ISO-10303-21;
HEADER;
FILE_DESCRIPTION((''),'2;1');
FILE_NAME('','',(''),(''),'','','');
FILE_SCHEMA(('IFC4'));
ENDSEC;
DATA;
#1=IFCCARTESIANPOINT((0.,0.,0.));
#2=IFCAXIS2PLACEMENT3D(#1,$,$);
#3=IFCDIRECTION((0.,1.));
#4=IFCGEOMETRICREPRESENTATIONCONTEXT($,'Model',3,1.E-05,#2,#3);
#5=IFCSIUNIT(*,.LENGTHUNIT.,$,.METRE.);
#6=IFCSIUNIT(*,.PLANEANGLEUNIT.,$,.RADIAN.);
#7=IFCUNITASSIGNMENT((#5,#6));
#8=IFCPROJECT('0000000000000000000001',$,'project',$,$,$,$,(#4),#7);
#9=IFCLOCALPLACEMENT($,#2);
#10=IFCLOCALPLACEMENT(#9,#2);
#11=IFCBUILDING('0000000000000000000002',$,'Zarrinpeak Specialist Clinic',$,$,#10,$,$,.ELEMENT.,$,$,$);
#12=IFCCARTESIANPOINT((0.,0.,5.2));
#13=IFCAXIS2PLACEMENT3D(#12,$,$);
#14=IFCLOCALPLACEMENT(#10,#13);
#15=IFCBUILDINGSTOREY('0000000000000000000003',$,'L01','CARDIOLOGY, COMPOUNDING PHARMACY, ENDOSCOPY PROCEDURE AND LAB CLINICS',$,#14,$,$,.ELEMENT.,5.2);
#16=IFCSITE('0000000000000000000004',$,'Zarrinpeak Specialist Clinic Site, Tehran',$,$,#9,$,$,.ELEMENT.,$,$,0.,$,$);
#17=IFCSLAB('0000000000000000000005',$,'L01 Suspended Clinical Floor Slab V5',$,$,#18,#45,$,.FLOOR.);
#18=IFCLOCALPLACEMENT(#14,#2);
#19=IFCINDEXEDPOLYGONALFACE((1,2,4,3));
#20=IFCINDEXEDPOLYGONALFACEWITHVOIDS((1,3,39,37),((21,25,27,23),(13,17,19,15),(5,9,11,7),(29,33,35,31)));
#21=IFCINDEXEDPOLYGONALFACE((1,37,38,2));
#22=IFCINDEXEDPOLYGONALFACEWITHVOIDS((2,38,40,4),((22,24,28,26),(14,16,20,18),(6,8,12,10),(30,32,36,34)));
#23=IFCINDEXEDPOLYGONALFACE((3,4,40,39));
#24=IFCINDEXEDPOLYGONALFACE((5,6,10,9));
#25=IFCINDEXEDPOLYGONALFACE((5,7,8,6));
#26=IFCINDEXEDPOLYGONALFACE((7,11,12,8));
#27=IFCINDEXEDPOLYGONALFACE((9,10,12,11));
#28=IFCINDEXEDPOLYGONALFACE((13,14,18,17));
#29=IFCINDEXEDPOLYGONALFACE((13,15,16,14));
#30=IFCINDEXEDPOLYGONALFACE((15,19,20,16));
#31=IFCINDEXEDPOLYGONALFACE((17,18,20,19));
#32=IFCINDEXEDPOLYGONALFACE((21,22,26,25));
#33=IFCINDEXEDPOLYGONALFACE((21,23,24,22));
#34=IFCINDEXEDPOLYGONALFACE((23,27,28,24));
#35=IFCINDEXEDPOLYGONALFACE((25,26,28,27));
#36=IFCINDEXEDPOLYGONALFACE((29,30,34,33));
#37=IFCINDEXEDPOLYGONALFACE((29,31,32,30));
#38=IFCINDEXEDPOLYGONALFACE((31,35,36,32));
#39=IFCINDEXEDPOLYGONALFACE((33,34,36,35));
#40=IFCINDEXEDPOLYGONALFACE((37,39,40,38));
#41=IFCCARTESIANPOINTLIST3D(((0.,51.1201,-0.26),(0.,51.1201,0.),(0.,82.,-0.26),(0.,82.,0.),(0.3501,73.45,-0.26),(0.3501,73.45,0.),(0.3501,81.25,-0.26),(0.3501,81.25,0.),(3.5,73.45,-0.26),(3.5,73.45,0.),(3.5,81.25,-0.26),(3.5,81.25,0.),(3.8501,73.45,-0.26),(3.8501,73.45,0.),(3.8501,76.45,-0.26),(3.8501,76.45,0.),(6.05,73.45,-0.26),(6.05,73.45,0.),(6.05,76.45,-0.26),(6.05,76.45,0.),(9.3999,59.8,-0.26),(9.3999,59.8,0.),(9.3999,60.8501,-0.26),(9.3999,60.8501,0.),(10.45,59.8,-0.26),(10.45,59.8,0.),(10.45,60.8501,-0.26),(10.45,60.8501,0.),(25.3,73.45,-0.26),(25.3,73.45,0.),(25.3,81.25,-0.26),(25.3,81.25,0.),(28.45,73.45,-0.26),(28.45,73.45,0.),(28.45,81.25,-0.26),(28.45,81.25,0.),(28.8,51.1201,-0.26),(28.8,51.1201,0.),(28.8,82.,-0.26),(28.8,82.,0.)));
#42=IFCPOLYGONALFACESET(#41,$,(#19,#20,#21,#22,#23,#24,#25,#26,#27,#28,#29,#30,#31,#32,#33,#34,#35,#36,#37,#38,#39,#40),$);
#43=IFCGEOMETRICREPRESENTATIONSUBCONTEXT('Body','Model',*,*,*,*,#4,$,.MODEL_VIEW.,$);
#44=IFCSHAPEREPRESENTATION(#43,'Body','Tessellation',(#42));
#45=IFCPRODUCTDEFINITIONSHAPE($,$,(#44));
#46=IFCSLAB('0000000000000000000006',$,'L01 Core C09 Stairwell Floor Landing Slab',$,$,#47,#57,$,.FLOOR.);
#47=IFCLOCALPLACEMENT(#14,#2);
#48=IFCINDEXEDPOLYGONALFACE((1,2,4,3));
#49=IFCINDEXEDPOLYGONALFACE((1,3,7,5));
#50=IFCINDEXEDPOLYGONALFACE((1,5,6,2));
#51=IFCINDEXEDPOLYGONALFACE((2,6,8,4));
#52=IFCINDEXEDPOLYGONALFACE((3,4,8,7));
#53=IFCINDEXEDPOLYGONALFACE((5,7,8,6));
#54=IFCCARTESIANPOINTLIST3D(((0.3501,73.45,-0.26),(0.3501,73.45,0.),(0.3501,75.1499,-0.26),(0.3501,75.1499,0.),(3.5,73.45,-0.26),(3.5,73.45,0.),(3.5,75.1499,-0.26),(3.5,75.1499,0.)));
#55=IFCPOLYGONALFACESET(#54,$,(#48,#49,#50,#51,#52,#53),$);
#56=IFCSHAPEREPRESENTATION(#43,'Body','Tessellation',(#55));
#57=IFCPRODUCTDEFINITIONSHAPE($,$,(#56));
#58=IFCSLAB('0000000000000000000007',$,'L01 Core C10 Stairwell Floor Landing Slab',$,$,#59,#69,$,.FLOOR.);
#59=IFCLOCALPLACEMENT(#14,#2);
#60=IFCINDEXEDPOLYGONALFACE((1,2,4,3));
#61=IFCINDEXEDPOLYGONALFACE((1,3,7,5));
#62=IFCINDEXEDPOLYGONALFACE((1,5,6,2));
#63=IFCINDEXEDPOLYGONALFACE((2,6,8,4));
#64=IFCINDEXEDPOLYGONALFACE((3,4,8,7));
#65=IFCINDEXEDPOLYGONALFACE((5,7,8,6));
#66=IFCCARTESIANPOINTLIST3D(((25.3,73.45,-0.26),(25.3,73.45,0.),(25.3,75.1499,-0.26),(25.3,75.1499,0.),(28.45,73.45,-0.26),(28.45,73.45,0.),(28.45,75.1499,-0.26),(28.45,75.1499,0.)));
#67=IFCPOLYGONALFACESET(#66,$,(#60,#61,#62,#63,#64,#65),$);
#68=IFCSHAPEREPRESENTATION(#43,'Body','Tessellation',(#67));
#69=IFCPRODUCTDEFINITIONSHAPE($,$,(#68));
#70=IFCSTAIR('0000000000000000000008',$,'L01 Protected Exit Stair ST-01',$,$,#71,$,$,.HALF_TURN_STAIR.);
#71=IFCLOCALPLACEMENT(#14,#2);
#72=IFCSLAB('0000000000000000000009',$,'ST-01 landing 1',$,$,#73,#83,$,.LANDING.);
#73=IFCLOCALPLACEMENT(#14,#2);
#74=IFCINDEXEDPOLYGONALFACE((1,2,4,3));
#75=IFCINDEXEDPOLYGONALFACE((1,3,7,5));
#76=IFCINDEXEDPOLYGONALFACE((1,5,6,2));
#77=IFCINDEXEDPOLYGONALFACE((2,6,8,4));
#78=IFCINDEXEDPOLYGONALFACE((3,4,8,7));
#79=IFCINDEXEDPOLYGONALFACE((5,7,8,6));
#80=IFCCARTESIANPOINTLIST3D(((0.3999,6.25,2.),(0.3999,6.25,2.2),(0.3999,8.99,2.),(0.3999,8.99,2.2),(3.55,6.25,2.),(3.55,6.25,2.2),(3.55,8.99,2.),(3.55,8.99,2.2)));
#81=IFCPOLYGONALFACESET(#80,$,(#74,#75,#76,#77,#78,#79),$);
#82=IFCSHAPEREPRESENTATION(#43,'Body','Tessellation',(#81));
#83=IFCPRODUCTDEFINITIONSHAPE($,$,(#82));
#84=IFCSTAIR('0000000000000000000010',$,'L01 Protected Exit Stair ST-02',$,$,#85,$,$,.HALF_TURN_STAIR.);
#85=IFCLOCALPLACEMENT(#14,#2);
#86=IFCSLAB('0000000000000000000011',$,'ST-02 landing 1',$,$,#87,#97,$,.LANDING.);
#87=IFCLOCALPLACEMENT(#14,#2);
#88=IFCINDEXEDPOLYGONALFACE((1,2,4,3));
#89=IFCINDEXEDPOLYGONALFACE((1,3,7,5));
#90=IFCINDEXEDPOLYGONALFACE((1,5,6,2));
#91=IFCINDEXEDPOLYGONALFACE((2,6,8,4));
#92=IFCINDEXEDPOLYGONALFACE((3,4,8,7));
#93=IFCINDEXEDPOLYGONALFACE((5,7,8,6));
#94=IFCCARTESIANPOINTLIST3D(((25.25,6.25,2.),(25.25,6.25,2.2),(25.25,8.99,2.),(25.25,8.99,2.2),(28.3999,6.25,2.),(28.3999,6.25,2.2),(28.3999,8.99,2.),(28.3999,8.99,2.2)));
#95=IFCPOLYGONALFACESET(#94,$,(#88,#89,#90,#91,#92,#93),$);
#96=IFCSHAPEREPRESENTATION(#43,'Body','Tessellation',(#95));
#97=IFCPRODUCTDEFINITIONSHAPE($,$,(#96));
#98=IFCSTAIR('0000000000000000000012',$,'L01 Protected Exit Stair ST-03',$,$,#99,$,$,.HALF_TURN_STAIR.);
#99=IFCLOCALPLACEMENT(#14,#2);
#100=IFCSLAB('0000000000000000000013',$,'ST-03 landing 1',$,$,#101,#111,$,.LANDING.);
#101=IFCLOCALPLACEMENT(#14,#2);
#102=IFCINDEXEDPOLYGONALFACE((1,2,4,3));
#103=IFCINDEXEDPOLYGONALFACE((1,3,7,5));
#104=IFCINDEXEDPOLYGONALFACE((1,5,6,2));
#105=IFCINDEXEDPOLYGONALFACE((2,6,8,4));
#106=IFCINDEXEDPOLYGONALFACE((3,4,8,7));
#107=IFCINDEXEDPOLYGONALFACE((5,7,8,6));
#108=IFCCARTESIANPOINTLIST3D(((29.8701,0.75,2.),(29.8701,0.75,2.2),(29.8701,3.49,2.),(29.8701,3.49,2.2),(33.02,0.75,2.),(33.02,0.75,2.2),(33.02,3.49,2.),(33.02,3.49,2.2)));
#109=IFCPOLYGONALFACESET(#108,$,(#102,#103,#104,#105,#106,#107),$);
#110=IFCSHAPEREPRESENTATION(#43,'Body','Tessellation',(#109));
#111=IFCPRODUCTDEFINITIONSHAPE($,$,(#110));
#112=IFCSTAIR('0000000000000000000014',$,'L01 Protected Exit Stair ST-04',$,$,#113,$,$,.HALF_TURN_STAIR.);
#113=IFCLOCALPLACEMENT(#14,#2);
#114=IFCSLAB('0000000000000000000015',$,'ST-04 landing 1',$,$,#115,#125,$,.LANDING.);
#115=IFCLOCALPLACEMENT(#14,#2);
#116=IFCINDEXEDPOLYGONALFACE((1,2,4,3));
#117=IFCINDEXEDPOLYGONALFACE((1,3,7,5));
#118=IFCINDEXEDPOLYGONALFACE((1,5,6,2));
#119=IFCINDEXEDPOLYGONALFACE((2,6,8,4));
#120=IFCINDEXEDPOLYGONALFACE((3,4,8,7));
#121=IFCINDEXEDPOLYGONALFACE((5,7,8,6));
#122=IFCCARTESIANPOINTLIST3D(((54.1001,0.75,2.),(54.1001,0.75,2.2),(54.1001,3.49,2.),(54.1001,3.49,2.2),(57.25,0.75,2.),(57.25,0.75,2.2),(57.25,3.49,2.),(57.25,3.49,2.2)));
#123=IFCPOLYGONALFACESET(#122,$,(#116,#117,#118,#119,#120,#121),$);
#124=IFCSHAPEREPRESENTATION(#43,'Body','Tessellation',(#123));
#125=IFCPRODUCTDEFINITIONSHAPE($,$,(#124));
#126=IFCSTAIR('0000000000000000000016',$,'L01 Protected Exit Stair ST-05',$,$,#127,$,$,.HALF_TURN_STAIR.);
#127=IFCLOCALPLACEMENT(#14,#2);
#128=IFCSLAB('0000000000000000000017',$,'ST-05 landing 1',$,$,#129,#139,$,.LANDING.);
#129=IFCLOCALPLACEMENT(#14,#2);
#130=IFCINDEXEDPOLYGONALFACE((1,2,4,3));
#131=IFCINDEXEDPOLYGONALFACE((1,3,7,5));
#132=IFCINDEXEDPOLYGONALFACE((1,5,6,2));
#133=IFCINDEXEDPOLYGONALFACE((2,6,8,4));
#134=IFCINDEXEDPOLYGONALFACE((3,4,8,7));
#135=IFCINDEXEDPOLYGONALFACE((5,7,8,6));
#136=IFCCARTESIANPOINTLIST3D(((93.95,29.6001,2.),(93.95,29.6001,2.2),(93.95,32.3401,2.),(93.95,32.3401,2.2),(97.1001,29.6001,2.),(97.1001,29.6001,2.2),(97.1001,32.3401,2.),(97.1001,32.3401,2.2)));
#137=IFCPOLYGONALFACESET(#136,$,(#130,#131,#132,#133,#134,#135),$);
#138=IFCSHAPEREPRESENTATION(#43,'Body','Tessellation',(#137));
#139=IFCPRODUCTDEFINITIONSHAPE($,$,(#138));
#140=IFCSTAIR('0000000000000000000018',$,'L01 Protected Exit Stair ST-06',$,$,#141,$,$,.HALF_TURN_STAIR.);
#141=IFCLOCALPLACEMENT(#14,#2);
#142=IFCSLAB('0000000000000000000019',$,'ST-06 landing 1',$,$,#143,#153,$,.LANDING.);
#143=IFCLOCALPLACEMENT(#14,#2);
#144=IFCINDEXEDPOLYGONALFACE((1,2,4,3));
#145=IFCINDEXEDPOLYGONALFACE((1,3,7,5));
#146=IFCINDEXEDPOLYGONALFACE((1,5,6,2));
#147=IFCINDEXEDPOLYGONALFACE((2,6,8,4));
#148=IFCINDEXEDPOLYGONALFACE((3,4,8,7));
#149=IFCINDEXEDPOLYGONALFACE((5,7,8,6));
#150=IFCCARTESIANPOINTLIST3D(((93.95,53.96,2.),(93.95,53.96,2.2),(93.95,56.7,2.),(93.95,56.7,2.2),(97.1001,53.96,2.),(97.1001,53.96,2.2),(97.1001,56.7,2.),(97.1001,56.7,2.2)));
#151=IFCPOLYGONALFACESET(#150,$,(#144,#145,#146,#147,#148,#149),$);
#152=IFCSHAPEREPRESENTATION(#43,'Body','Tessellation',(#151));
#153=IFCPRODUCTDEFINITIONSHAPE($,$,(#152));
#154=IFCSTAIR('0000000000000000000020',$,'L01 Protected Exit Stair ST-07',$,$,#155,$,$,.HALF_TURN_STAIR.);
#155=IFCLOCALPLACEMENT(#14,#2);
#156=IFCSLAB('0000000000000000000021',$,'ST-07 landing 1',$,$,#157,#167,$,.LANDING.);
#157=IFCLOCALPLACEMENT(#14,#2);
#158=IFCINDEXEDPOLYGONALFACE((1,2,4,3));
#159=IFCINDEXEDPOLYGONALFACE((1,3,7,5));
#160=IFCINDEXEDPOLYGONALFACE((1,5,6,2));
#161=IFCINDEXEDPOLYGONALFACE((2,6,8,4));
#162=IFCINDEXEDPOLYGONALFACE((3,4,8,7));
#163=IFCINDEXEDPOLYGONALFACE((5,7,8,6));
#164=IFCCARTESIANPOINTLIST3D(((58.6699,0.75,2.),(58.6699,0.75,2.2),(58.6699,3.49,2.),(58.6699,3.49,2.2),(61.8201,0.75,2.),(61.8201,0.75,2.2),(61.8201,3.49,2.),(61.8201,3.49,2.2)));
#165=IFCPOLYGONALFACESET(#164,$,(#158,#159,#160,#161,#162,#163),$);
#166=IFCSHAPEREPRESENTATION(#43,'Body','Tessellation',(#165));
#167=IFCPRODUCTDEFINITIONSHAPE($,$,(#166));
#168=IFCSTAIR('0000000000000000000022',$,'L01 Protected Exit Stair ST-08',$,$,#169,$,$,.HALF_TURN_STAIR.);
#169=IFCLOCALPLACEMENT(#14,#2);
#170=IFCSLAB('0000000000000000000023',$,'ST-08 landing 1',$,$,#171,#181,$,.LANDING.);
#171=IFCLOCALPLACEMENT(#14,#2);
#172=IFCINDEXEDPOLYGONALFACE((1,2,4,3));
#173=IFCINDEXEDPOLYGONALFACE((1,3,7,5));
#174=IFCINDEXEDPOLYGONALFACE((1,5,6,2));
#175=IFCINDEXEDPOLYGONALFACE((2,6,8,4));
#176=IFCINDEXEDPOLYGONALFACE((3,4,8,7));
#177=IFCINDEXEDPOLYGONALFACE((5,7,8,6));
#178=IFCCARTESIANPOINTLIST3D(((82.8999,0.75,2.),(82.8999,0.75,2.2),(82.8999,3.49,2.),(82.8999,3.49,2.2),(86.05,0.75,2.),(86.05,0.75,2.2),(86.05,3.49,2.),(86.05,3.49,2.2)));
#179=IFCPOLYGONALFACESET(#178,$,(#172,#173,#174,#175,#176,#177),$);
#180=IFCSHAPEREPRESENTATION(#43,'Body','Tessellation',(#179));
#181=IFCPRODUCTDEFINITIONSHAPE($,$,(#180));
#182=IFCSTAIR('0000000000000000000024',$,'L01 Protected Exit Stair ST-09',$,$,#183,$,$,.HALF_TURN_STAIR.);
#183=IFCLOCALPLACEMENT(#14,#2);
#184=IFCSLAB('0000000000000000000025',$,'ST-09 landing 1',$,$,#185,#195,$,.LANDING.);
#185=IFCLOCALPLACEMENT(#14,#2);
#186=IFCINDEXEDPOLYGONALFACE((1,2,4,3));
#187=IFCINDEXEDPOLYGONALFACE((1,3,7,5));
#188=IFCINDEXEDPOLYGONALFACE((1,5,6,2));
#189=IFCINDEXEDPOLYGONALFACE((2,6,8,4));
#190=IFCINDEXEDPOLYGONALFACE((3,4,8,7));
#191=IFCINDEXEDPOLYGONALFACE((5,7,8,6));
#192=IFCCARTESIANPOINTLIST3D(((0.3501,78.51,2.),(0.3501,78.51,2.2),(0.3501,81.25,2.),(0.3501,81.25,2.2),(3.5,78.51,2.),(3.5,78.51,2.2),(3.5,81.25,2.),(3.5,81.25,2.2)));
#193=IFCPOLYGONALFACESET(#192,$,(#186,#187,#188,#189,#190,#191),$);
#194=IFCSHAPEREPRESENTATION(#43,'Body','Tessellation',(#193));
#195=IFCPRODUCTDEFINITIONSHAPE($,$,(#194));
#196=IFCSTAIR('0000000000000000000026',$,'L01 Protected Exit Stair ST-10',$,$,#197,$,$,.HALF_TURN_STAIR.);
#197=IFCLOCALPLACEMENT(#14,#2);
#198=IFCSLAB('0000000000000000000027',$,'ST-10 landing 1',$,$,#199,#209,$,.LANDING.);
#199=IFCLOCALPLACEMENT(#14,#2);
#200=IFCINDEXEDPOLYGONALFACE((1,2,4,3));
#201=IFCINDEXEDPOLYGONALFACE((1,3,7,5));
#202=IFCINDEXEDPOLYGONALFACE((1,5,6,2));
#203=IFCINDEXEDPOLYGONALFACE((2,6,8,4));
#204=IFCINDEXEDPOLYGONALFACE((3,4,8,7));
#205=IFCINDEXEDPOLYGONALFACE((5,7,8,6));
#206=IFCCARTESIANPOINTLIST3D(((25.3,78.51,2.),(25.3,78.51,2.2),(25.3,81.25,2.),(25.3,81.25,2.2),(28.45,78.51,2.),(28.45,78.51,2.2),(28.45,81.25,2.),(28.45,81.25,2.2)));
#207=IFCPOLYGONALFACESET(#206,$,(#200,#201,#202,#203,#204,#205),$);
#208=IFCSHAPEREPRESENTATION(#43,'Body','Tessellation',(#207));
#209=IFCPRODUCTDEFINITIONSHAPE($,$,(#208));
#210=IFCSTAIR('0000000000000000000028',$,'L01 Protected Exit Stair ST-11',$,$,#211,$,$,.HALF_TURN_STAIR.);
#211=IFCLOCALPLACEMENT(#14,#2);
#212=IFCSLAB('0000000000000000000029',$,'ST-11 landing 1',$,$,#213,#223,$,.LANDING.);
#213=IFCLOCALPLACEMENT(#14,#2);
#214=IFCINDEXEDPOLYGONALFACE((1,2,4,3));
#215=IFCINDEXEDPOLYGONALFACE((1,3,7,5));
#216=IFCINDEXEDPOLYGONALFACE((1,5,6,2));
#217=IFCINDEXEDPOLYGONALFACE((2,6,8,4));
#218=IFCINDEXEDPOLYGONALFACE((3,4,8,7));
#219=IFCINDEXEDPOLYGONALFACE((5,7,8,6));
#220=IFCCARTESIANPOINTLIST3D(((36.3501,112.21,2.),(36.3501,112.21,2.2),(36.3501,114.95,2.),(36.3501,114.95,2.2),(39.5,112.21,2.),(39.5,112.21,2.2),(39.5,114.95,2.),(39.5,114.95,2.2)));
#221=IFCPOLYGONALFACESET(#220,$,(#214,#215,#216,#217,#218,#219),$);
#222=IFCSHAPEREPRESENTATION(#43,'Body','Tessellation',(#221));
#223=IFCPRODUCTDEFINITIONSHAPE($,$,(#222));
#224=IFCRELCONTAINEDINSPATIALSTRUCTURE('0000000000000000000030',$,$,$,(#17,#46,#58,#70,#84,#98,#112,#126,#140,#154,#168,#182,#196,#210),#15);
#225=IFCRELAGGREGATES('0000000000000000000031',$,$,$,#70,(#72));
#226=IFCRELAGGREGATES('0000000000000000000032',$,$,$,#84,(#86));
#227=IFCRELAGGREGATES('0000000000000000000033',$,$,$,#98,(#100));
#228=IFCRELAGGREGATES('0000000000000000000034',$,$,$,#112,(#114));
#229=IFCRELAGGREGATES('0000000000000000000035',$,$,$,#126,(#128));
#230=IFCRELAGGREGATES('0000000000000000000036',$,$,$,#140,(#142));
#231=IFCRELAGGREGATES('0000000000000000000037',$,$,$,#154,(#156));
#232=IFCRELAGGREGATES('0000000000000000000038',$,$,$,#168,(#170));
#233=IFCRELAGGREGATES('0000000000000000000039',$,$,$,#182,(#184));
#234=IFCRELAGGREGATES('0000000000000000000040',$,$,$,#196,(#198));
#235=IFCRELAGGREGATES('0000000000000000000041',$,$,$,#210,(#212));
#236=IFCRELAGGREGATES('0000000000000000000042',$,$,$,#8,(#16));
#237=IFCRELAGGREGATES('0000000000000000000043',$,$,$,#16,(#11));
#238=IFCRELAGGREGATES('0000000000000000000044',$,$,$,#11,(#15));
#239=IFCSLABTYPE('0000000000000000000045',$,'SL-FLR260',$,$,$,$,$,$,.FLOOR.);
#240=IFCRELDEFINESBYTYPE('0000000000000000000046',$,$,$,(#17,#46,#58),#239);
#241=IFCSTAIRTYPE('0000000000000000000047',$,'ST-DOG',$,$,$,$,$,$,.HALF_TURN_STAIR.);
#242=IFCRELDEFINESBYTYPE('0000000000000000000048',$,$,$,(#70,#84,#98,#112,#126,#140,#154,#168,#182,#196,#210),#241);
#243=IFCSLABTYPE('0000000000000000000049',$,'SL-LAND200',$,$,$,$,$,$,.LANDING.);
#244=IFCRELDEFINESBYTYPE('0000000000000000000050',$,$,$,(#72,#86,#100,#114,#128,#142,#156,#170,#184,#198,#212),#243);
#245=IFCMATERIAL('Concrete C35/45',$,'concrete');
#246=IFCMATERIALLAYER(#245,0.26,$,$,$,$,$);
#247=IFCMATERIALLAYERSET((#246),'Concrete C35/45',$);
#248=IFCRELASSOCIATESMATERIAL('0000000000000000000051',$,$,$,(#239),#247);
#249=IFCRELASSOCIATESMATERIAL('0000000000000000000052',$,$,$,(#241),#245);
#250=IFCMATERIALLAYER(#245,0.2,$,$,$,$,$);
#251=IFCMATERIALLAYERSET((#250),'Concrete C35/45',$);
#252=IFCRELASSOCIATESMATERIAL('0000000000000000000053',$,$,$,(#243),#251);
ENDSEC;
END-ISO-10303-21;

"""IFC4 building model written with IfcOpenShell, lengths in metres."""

from ifc_helpers import new_model, si_unit, direction, frame, origin, place, context, subcontext, project, spatial, polyline, outline, extrude, material, layer, layer_set, type_object, element, aggregate, save


model = new_model("IFC4")

# Units and contexts
model_context = context("Model", 3, precision=1e-05, world=origin(), true_north=direction((0.0, 1.0)))
body_context = subcontext(model_context, "Body", "Model", "MODEL_VIEW")
ifc_project = project(units=[si_unit("LENGTHUNIT", "METRE"), si_unit("PLANEANGLEUNIT", "RADIAN")], contexts=[model_context])

# Site, building, storey
site_placement = place(None, origin())
site = spatial("IfcSite", under=ifc_project, at=site_placement, Name="Zarrinpeak Specialist Clinic Site, Tehran", CompositionType="ELEMENT", RefElevation=0.0)
building_placement = place(site_placement, origin())
building = spatial("IfcBuilding", under=site, at=building_placement, Name="Zarrinpeak Specialist Clinic", CompositionType="ELEMENT")
storey_placement = place(building_placement, frame((0.0, 0.0, 5.2)))
storey = spatial("IfcBuildingStorey", under=building, at=storey_placement, Name="L01", Description="CARDIOLOGY, COMPOUNDING PHARMACY, ENDOSCOPY PROCEDURE AND LAB CLINICS", CompositionType="ELEMENT", Elevation=5.2)

# Slabs
ifc_material_1 = material(Name="Concrete C35/45", Category="concrete")
ifc_layer_1 = layer(ifc_material_1, 0.26)
ifc_layer_set_1 = layer_set([ifc_layer_1], Name="Concrete C35/45")
slab_type_1 = type_object("IfcSlabType", Name="SL-FLR260", PredefinedType="FLOOR", material=ifc_layer_set_1)
slab_1_placement = place(storey_placement, frame((0.0, 0.0, -0.26)))
element("IfcSlab", 1, at=slab_1_placement, inside=storey, type_object=slab_type_1, Name="L01 Suspended Clinical Floor Slab V5", PredefinedType="FLOOR", context=body_context, shape_type="SweptSolid", body=[
    extrude(outline(polyline([(0.0, 51.1201), (28.8, 51.1201), (28.8, 82.0), (0.0, 82.0), (0.0, 51.1201)]), holes=[polyline([(0.3501, 73.45), (3.5, 73.45), (3.5, 81.25), (0.3501, 81.25), (0.3501, 73.45)]), polyline([(3.8501, 73.45), (6.05, 73.45), (6.05, 76.45), (3.8501, 76.45), (3.8501, 73.45)]), polyline([(25.3, 73.45), (28.45, 73.45), (28.45, 81.25), (25.3, 81.25), (25.3, 73.45)]), polyline([(9.3999, 59.8), (10.45, 59.8), (10.45, 60.8501), (9.3999, 60.8501), (9.3999, 59.8)])]), origin(), (0.0, 0.0, 1.0), 0.26),
])
slab_2_placement = place(storey_placement, frame((0.0, 0.0, -0.26)))
element("IfcSlab", 2, at=slab_2_placement, inside=storey, type_object=slab_type_1, Name="L01 Core C09 Stairwell Floor Landing Slab", PredefinedType="FLOOR", context=body_context, shape_type="SweptSolid", body=[
    extrude(outline(polyline([(0.3501, 73.45), (3.5, 73.45), (3.5, 75.1499), (0.3501, 75.1499), (0.3501, 73.45)])), origin(), (0.0, 0.0, 1.0), 0.26),
])
slab_3_placement = place(storey_placement, frame((0.0, 0.0, -0.26)))
element("IfcSlab", 3, at=slab_3_placement, inside=storey, type_object=slab_type_1, Name="L01 Core C10 Stairwell Floor Landing Slab", PredefinedType="FLOOR", context=body_context, shape_type="SweptSolid", body=[
    extrude(outline(polyline([(25.3, 73.45), (28.45, 73.45), (28.45, 75.1499), (25.3, 75.1499), (25.3, 73.45)])), origin(), (0.0, 0.0, 1.0), 0.26),
])

# Stairs, slabs
stair_type = type_object("IfcStairType", Name="ST-DOG", PredefinedType="HALF_TURN_STAIR", material=ifc_material_1)
stair_1_placement = place(storey_placement, origin())
stair_1 = element("IfcStair", 4, at=stair_1_placement, inside=storey, type_object=stair_type, Name="L01 Protected Exit Stair ST-01", PredefinedType="HALF_TURN_STAIR")
ifc_layer_2 = layer(ifc_material_1, 0.2)
ifc_layer_set_2 = layer_set([ifc_layer_2], Name="Concrete C35/45")
slab_type_2 = type_object("IfcSlabType", Name="SL-LAND200", PredefinedType="LANDING", material=ifc_layer_set_2)
slab_4_placement = place(storey_placement, frame((0.0, 0.0, 2.0)))
slab_4 = element("IfcSlab", 5, at=slab_4_placement, type_object=slab_type_2, Name="ST-01 landing 1", PredefinedType="LANDING", context=body_context, shape_type="SweptSolid", body=[
    extrude(outline(polyline([(0.3999, 8.99), (0.3999, 6.25), (3.55, 6.25), (3.55, 8.99), (0.3999, 8.99)])), origin(), (0.0, 0.0, 1.0), 0.2),
])
aggregate(stair_1, [slab_4])
stair_2_placement = place(storey_placement, origin())
stair_2 = element("IfcStair", 6, at=stair_2_placement, inside=storey, type_object=stair_type, Name="L01 Protected Exit Stair ST-02", PredefinedType="HALF_TURN_STAIR")
slab_5_placement = place(storey_placement, frame((0.0, 0.0, 2.0)))
slab_5 = element("IfcSlab", 7, at=slab_5_placement, type_object=slab_type_2, Name="ST-02 landing 1", PredefinedType="LANDING", context=body_context, shape_type="SweptSolid", body=[
    extrude(outline(polyline([(25.25, 8.99), (25.25, 6.25), (28.3999, 6.25), (28.3999, 8.99), (25.25, 8.99)])), origin(), (0.0, 0.0, 1.0), 0.2),
])
aggregate(stair_2, [slab_5])
stair_3_placement = place(storey_placement, origin())
stair_3 = element("IfcStair", 8, at=stair_3_placement, inside=storey, type_object=stair_type, Name="L01 Protected Exit Stair ST-03", PredefinedType="HALF_TURN_STAIR")
slab_6_placement = place(storey_placement, frame((0.0, 0.0, 2.0)))
slab_6 = element("IfcSlab", 9, at=slab_6_placement, type_object=slab_type_2, Name="ST-03 landing 1", PredefinedType="LANDING", context=body_context, shape_type="SweptSolid", body=[
    extrude(outline(polyline([(29.8701, 3.49), (29.8701, 0.75), (33.02, 0.75), (33.02, 3.49), (29.8701, 3.49)])), origin(), (0.0, 0.0, 1.0), 0.2),
])
aggregate(stair_3, [slab_6])
stair_4_placement = place(storey_placement, origin())
stair_4 = element("IfcStair", 10, at=stair_4_placement, inside=storey, type_object=stair_type, Name="L01 Protected Exit Stair ST-04", PredefinedType="HALF_TURN_STAIR")
slab_7_placement = place(storey_placement, frame((0.0, 0.0, 2.0)))
slab_7 = element("IfcSlab", 11, at=slab_7_placement, type_object=slab_type_2, Name="ST-04 landing 1", PredefinedType="LANDING", context=body_context, shape_type="SweptSolid", body=[
    extrude(outline(polyline([(54.1001, 3.49), (54.1001, 0.75), (57.25, 0.75), (57.25, 3.49), (54.1001, 3.49)])), origin(), (0.0, 0.0, 1.0), 0.2),
])
aggregate(stair_4, [slab_7])
stair_5_placement = place(storey_placement, origin())
stair_5 = element("IfcStair", 12, at=stair_5_placement, inside=storey, type_object=stair_type, Name="L01 Protected Exit Stair ST-05", PredefinedType="HALF_TURN_STAIR")
slab_8_placement = place(storey_placement, frame((0.0, 0.0, 2.0)))
slab_8 = element("IfcSlab", 13, at=slab_8_placement, type_object=slab_type_2, Name="ST-05 landing 1", PredefinedType="LANDING", context=body_context, shape_type="SweptSolid", body=[
    extrude(outline(polyline([(93.95, 32.3401), (93.95, 29.6001), (97.1001, 29.6001), (97.1001, 32.3401), (93.95, 32.3401)])), origin(), (0.0, 0.0, 1.0), 0.2),
])
aggregate(stair_5, [slab_8])
stair_6_placement = place(storey_placement, origin())
stair_6 = element("IfcStair", 14, at=stair_6_placement, inside=storey, type_object=stair_type, Name="L01 Protected Exit Stair ST-06", PredefinedType="HALF_TURN_STAIR")
slab_9_placement = place(storey_placement, frame((0.0, 0.0, 2.0)))
slab_9 = element("IfcSlab", 15, at=slab_9_placement, type_object=slab_type_2, Name="ST-06 landing 1", PredefinedType="LANDING", context=body_context, shape_type="SweptSolid", body=[
    extrude(outline(polyline([(97.1001, 53.96), (97.1001, 56.7), (93.95, 56.7), (93.95, 53.96), (97.1001, 53.96)])), origin(), (0.0, 0.0, 1.0), 0.2),
])
aggregate(stair_6, [slab_9])
stair_7_placement = place(storey_placement, origin())
stair_7 = element("IfcStair", 16, at=stair_7_placement, inside=storey, type_object=stair_type, Name="L01 Protected Exit Stair ST-07", PredefinedType="HALF_TURN_STAIR")
slab_10_placement = place(storey_placement, frame((0.0, 0.0, 2.0)))
slab_10 = element("IfcSlab", 17, at=slab_10_placement, type_object=slab_type_2, Name="ST-07 landing 1", PredefinedType="LANDING", context=body_context, shape_type="SweptSolid", body=[
    extrude(outline(polyline([(58.6699, 3.49), (58.6699, 0.75), (61.8201, 0.75), (61.8201, 3.49), (58.6699, 3.49)])), origin(), (0.0, 0.0, 1.0), 0.2),
])
aggregate(stair_7, [slab_10])
stair_8_placement = place(storey_placement, origin())
stair_8 = element("IfcStair", 18, at=stair_8_placement, inside=storey, type_object=stair_type, Name="L01 Protected Exit Stair ST-08", PredefinedType="HALF_TURN_STAIR")
slab_11_placement = place(storey_placement, frame((0.0, 0.0, 2.0)))
slab_11 = element("IfcSlab", 19, at=slab_11_placement, type_object=slab_type_2, Name="ST-08 landing 1", PredefinedType="LANDING", context=body_context, shape_type="SweptSolid", body=[
    extrude(outline(polyline([(82.8999, 3.49), (82.8999, 0.75), (86.05, 0.75), (86.05, 3.49), (82.8999, 3.49)])), origin(), (0.0, 0.0, 1.0), 0.2),
])
aggregate(stair_8, [slab_11])
stair_9_placement = place(storey_placement, origin())
stair_9 = element("IfcStair", 20, at=stair_9_placement, inside=storey, type_object=stair_type, Name="L01 Protected Exit Stair ST-09", PredefinedType="HALF_TURN_STAIR")
slab_12_placement = place(storey_placement, frame((0.0, 0.0, 2.0)))
slab_12 = element("IfcSlab", 21, at=slab_12_placement, type_object=slab_type_2, Name="ST-09 landing 1", PredefinedType="LANDING", context=body_context, shape_type="SweptSolid", body=[
    extrude(outline(polyline([(3.5, 78.51), (3.5, 81.25), (0.3501, 81.25), (0.3501, 78.51), (3.5, 78.51)])), origin(), (0.0, 0.0, 1.0), 0.2),
])
aggregate(stair_9, [slab_12])
stair_10_placement = place(storey_placement, origin())
stair_10 = element("IfcStair", 22, at=stair_10_placement, inside=storey, type_object=stair_type, Name="L01 Protected Exit Stair ST-10", PredefinedType="HALF_TURN_STAIR")
slab_13_placement = place(storey_placement, frame((0.0, 0.0, 2.0)))
slab_13 = element("IfcSlab", 23, at=slab_13_placement, type_object=slab_type_2, Name="ST-10 landing 1", PredefinedType="LANDING", context=body_context, shape_type="SweptSolid", body=[
    extrude(outline(polyline([(28.45, 78.51), (28.45, 81.25), (25.3, 81.25), (25.3, 78.51), (28.45, 78.51)])), origin(), (0.0, 0.0, 1.0), 0.2),
])
aggregate(stair_10, [slab_13])
stair_11_placement = place(storey_placement, origin())
stair_11 = element("IfcStair", 24, at=stair_11_placement, inside=storey, type_object=stair_type, Name="L01 Protected Exit Stair ST-11", PredefinedType="HALF_TURN_STAIR")
slab_14_placement = place(storey_placement, frame((0.0, 0.0, 2.0)))
slab_14 = element("IfcSlab", 25, at=slab_14_placement, type_object=slab_type_2, Name="ST-11 landing 1", PredefinedType="LANDING", context=body_context, shape_type="SweptSolid", body=[
    extrude(outline(polyline([(39.5, 112.21), (39.5, 114.95), (36.3501, 114.95), (36.3501, 112.21), (39.5, 112.21)])), origin(), (0.0, 0.0, 1.0), 0.2),
])
aggregate(stair_11, [slab_14])

save(model, "model.ifc")
